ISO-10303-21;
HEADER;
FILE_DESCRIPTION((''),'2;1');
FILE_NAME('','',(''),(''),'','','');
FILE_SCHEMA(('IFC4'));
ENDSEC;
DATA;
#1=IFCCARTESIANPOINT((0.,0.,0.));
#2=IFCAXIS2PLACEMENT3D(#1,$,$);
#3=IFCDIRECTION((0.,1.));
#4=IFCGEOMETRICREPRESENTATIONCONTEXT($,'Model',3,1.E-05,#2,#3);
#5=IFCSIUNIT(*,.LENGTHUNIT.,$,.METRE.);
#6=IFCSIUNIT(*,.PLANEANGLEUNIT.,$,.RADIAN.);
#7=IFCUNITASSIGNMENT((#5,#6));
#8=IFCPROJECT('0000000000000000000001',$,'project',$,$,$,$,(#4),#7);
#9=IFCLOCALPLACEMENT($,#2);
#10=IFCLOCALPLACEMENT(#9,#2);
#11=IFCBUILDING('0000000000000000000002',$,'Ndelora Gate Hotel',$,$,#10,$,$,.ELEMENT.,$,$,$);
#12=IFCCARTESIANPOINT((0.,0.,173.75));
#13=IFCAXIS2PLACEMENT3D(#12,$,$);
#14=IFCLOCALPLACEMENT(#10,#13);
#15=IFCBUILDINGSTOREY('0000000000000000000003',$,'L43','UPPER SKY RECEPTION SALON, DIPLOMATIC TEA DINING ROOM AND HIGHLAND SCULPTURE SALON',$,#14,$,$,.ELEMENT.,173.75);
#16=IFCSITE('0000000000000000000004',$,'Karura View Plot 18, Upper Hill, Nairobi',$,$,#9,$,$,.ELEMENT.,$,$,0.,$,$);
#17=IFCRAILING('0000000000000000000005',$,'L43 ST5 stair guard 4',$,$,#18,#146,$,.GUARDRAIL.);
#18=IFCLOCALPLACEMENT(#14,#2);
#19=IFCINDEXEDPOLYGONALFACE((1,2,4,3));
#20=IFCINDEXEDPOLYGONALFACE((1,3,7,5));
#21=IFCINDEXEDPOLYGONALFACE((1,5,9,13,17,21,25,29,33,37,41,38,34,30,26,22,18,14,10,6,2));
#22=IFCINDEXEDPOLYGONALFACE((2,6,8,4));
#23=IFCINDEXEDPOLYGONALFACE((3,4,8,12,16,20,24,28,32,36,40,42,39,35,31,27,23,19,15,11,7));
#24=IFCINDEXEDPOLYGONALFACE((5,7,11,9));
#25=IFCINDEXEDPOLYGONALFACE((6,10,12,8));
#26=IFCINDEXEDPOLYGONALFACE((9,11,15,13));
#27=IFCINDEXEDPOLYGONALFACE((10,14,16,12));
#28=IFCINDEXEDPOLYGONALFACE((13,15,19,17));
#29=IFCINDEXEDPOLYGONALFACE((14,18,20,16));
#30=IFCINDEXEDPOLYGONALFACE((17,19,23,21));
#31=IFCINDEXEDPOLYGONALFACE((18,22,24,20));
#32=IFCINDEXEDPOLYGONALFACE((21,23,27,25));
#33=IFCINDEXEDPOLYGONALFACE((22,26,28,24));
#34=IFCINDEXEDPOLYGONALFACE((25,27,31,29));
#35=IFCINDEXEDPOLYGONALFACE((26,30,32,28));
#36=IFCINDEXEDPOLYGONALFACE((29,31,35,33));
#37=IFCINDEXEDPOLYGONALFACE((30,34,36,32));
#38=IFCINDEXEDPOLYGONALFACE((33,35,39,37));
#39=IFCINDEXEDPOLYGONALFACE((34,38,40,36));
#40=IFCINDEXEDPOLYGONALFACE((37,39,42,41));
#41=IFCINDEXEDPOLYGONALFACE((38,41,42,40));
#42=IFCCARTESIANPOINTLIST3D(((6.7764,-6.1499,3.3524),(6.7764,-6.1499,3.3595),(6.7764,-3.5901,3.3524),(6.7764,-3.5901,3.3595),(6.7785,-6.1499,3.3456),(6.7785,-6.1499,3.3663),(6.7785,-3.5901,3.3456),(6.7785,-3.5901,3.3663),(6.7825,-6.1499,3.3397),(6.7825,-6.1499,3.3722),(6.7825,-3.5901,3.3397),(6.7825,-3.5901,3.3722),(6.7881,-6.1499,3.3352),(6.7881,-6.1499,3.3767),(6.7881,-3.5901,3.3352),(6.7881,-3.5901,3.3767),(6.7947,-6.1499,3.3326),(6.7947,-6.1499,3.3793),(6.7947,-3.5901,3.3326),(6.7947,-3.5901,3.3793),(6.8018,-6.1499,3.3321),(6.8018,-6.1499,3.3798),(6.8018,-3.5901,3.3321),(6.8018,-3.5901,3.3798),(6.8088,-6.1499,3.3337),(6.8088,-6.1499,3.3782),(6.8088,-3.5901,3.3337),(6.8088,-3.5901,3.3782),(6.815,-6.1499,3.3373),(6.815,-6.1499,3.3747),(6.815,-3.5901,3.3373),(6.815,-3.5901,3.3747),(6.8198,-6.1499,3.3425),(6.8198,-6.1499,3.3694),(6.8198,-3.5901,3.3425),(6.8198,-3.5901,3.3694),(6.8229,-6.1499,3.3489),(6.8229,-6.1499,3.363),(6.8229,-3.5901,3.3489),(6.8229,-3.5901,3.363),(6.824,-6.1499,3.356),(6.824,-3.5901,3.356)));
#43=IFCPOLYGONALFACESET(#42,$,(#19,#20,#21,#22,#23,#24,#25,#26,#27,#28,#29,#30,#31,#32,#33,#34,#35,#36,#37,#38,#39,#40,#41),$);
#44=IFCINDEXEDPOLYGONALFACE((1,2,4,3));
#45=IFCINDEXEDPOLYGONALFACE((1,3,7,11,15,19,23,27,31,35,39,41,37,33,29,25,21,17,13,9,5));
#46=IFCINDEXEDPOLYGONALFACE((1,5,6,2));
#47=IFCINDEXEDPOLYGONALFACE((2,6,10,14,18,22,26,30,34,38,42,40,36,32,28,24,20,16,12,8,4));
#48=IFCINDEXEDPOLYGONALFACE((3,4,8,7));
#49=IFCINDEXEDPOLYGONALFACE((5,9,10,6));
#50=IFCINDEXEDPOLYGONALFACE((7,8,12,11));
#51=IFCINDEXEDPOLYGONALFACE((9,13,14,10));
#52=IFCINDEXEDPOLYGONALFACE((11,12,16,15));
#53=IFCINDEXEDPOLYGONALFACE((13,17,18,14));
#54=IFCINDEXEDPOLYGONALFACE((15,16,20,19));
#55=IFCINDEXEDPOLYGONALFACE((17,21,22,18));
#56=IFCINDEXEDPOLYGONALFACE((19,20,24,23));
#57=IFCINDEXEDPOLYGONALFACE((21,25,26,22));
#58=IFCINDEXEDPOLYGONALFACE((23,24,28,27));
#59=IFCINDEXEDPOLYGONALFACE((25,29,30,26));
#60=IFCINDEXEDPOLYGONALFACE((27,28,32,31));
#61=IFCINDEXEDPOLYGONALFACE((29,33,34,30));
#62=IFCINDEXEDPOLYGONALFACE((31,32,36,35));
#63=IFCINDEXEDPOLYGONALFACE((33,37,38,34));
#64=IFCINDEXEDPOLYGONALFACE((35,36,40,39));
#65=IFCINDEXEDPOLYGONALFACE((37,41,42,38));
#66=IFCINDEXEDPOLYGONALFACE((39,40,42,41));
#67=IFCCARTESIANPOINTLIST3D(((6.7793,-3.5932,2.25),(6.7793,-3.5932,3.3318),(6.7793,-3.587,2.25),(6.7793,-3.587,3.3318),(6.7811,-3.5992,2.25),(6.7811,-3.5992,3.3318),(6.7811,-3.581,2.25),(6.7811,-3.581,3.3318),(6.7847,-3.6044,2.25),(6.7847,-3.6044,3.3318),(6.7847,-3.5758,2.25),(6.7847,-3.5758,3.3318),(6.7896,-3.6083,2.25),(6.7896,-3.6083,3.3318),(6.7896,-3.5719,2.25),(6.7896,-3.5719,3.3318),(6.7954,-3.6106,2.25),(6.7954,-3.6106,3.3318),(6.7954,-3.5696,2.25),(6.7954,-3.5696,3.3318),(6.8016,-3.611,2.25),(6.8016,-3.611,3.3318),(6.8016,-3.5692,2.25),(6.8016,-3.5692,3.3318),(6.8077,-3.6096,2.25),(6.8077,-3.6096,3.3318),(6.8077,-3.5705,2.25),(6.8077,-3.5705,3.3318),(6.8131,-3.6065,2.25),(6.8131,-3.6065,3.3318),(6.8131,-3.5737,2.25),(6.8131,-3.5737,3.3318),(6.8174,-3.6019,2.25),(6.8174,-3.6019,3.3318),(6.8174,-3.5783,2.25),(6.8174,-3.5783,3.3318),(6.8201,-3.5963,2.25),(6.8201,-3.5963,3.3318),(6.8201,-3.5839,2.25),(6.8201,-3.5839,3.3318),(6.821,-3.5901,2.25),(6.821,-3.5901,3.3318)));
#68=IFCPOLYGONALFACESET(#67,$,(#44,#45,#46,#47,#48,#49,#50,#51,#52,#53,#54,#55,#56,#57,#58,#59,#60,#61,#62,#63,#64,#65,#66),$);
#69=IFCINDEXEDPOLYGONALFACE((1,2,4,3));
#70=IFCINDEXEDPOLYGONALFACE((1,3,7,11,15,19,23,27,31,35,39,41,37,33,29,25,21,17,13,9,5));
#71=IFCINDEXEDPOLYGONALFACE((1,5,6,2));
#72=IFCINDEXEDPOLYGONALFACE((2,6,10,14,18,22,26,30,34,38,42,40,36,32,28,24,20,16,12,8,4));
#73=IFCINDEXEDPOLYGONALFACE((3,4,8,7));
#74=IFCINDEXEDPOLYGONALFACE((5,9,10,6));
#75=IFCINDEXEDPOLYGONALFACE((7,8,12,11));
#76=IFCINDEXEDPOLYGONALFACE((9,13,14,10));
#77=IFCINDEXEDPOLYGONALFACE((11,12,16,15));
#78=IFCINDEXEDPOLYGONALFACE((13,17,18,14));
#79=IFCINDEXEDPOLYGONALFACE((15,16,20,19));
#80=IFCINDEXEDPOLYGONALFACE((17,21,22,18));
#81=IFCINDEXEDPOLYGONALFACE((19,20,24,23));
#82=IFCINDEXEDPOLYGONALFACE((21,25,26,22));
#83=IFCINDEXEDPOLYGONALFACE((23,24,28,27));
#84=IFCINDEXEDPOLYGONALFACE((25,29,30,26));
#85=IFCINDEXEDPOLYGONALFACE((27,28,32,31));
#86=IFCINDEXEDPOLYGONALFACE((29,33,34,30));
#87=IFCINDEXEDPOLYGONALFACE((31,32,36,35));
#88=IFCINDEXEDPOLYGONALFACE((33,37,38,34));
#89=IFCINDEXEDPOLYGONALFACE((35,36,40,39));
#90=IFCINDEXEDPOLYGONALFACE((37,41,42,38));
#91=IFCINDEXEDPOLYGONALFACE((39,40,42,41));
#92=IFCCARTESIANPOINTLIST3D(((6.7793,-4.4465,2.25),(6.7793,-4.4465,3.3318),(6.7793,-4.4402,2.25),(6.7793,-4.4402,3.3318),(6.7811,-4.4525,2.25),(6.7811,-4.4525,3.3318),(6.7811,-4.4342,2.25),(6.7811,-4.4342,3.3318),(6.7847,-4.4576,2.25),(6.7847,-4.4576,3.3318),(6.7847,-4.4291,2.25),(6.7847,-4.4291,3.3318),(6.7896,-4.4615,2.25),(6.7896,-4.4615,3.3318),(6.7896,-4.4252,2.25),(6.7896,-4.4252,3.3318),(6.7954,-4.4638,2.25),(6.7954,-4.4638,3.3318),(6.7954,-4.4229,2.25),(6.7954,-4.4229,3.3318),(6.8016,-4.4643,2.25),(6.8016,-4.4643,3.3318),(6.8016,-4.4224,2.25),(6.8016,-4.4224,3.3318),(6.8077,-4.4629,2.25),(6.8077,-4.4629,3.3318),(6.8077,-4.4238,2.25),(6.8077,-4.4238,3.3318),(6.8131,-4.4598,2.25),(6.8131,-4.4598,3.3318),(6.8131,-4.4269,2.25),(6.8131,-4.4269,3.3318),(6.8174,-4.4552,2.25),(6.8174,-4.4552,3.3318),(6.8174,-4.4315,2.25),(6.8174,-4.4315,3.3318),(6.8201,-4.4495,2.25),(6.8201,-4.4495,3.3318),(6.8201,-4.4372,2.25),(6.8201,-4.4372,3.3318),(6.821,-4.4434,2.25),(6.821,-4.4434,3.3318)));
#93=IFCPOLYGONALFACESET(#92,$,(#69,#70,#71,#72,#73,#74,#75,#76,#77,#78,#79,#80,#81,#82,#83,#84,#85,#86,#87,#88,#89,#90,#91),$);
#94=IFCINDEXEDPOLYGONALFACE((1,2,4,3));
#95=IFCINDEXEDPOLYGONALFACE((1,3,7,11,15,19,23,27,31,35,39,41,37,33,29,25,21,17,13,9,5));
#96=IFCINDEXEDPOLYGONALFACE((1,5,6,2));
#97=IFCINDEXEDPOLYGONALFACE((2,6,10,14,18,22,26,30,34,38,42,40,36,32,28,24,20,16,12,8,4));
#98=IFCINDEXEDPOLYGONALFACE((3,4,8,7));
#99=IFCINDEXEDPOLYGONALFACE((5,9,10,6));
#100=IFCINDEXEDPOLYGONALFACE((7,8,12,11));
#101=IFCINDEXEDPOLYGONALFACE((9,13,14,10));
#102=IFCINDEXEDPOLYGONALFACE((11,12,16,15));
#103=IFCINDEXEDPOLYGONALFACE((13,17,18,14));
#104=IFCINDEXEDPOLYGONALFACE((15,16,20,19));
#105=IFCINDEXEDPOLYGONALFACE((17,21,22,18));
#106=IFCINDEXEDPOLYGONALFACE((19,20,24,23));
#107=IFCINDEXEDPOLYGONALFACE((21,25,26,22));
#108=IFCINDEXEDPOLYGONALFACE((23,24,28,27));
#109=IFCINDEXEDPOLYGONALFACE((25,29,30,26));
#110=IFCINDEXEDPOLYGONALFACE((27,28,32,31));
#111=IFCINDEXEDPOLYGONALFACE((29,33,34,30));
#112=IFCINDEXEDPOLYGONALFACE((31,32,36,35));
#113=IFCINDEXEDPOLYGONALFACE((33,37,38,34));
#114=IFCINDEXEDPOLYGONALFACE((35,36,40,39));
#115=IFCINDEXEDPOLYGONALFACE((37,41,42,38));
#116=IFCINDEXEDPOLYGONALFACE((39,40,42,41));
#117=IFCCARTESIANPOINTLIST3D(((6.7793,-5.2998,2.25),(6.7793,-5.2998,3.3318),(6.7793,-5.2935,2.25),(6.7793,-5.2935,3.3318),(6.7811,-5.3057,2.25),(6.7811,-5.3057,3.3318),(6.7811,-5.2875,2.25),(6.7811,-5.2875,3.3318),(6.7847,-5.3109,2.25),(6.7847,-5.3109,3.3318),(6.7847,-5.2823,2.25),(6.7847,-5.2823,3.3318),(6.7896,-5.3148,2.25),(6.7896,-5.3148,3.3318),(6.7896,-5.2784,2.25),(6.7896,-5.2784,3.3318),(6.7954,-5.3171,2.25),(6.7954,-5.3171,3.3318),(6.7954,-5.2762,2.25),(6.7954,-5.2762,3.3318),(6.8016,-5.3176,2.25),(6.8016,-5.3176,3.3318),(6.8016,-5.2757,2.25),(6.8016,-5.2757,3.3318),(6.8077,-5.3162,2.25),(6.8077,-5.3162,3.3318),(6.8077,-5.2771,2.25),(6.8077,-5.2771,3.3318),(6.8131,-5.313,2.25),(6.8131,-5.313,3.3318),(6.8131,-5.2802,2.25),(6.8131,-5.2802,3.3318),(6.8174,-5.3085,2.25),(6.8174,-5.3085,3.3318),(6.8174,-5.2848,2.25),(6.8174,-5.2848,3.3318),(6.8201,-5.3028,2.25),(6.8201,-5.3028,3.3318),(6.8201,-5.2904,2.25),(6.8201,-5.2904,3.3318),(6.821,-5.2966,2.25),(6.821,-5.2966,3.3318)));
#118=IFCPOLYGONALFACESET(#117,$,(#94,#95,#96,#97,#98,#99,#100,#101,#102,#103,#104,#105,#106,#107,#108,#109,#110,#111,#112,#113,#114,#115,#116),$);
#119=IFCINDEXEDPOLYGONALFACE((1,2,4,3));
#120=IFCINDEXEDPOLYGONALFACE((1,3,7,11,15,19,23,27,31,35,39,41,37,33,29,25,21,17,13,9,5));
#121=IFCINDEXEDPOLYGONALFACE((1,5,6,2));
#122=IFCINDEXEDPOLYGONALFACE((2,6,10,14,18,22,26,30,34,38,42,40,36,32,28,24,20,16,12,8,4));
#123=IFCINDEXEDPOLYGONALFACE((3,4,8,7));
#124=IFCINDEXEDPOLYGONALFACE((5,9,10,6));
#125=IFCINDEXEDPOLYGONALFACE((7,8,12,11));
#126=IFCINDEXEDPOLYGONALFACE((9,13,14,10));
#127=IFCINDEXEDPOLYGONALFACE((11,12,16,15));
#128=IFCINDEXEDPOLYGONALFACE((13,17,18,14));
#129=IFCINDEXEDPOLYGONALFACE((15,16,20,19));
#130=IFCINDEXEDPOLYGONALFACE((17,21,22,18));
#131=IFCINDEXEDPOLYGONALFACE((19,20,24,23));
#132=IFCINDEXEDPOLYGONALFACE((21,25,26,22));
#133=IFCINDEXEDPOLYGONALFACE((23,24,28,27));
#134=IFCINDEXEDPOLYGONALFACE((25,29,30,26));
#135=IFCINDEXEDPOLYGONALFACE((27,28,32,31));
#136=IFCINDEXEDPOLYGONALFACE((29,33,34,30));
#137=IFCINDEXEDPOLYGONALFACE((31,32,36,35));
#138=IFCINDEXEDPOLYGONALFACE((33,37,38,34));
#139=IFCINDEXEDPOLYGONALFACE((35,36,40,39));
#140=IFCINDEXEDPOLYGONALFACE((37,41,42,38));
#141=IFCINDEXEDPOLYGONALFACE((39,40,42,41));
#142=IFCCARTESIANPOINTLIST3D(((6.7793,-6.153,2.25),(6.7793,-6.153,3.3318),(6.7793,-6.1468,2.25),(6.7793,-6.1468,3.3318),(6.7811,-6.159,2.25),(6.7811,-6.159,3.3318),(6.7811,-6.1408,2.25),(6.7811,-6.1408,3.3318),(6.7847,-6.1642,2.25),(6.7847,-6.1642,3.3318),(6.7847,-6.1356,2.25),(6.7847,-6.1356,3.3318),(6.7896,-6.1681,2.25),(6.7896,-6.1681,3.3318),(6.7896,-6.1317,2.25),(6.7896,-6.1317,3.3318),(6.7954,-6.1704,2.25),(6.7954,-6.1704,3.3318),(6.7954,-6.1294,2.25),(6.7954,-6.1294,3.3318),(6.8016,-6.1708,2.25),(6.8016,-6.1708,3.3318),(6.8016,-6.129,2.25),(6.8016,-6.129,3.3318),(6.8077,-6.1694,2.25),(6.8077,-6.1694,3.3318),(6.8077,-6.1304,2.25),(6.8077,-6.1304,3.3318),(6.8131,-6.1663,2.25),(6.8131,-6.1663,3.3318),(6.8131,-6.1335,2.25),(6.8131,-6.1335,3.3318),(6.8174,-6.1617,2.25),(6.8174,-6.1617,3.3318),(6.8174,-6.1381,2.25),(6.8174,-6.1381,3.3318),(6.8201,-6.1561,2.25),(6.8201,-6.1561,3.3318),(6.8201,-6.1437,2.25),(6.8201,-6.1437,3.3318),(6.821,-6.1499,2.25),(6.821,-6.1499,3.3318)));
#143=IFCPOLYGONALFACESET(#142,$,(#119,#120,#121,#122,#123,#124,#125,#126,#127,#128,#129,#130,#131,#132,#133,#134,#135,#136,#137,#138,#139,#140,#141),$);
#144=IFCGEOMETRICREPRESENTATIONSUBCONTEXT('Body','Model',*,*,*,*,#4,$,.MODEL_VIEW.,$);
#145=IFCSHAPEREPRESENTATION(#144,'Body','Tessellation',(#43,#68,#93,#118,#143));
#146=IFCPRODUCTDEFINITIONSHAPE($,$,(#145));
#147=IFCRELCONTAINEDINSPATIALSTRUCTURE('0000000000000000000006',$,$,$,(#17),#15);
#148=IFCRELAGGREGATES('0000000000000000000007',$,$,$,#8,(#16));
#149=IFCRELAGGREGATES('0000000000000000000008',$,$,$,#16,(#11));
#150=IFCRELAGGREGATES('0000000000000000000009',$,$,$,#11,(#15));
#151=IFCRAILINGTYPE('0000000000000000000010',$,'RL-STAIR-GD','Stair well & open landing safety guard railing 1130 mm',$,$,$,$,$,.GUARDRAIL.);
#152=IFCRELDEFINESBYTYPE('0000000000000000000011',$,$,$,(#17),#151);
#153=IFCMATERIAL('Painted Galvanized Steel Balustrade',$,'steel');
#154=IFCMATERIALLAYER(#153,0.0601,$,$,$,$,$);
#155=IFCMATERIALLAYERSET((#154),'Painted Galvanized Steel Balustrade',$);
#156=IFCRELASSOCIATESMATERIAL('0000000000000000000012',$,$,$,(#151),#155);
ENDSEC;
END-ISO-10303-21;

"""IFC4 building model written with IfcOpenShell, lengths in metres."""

from ifc_helpers import new_model, si_unit, direction, frame, origin, origin_2d, place, context, subcontext, project, spatial, circle, extrude, material, layer, layer_set, type_object, element, save


model = new_model("IFC4")

# Units and contexts
model_context = context("Model", 3, precision=1e-05, world=origin(), true_north=direction((0.0, 1.0)))
body_context = subcontext(model_context, "Body", "Model", "MODEL_VIEW")
ifc_project = project(units=[si_unit("LENGTHUNIT", "METRE"), si_unit("PLANEANGLEUNIT", "RADIAN")], contexts=[model_context])

# Site, building, storey
site_placement = place(None, origin())
site = spatial("IfcSite", under=ifc_project, at=site_placement, Name="Karura View Plot 18, Upper Hill, Nairobi", CompositionType="ELEMENT", RefElevation=0.0)
building_placement = place(site_placement, origin())
building = spatial("IfcBuilding", under=site, at=building_placement, Name="Ndelora Gate Hotel", CompositionType="ELEMENT")
storey_placement = place(building_placement, frame((0.0, 0.0, 173.75)))
storey = spatial("IfcBuildingStorey", under=building, at=storey_placement, Name="L43", Description="UPPER SKY RECEPTION SALON, DIPLOMATIC TEA DINING ROOM AND HIGHLAND SCULPTURE SALON", CompositionType="ELEMENT", Elevation=173.75)

# Railing
ifc_material_1 = material(Name="Painted Galvanized Steel Balustrade", Category="steel")
ifc_layer_1 = layer(ifc_material_1, 0.0601)
ifc_layer_set_1 = layer_set([ifc_layer_1], Name="Painted Galvanized Steel Balustrade")
railing_type_1 = type_object("IfcRailingType", Name="RL-STAIR-GD", Description="Stair well & open landing safety guard railing 1130 mm", PredefinedType="GUARDRAIL", material=ifc_layer_set_1)
for number, where, name in (
    (1, (6.8, -3.5901, 2.25), "L43 ST5 stair guard 4"),
):
    element("IfcRailing", number, at=place(storey_placement, frame(where)), inside=storey, type_object=railing_type_1, Name=name, PredefinedType="GUARDRAIL", context=body_context, shape_type="SweptSolid", body=[
        extrude(circle(Radius=0.0239, at=origin_2d()), frame((0.0, 0.0, 1.106), z_axis=(0.0, -1.0, 0.0), x_axis=(1.0, 0.0, 0.0)), (0.0, 0.0, 1.0), 2.5598),
        extrude(circle(Radius=0.021, at=origin_2d()), origin(), (0.0, 0.0, 1.0), 1.0818),
        extrude(circle(Radius=0.021, at=origin_2d()), frame((0.0, -0.8533, 0.0)), (0.0, 0.0, 1.0), 1.0818),
        extrude(circle(Radius=0.021, at=origin_2d()), frame((0.0, -1.7065, 0.0)), (0.0, 0.0, 1.0), 1.0818),
        extrude(circle(Radius=0.021, at=origin_2d()), frame((0.0, -2.5598, 0.0)), (0.0, 0.0, 1.0), 1.0818),
    ])

save(model, "model.ifc")
